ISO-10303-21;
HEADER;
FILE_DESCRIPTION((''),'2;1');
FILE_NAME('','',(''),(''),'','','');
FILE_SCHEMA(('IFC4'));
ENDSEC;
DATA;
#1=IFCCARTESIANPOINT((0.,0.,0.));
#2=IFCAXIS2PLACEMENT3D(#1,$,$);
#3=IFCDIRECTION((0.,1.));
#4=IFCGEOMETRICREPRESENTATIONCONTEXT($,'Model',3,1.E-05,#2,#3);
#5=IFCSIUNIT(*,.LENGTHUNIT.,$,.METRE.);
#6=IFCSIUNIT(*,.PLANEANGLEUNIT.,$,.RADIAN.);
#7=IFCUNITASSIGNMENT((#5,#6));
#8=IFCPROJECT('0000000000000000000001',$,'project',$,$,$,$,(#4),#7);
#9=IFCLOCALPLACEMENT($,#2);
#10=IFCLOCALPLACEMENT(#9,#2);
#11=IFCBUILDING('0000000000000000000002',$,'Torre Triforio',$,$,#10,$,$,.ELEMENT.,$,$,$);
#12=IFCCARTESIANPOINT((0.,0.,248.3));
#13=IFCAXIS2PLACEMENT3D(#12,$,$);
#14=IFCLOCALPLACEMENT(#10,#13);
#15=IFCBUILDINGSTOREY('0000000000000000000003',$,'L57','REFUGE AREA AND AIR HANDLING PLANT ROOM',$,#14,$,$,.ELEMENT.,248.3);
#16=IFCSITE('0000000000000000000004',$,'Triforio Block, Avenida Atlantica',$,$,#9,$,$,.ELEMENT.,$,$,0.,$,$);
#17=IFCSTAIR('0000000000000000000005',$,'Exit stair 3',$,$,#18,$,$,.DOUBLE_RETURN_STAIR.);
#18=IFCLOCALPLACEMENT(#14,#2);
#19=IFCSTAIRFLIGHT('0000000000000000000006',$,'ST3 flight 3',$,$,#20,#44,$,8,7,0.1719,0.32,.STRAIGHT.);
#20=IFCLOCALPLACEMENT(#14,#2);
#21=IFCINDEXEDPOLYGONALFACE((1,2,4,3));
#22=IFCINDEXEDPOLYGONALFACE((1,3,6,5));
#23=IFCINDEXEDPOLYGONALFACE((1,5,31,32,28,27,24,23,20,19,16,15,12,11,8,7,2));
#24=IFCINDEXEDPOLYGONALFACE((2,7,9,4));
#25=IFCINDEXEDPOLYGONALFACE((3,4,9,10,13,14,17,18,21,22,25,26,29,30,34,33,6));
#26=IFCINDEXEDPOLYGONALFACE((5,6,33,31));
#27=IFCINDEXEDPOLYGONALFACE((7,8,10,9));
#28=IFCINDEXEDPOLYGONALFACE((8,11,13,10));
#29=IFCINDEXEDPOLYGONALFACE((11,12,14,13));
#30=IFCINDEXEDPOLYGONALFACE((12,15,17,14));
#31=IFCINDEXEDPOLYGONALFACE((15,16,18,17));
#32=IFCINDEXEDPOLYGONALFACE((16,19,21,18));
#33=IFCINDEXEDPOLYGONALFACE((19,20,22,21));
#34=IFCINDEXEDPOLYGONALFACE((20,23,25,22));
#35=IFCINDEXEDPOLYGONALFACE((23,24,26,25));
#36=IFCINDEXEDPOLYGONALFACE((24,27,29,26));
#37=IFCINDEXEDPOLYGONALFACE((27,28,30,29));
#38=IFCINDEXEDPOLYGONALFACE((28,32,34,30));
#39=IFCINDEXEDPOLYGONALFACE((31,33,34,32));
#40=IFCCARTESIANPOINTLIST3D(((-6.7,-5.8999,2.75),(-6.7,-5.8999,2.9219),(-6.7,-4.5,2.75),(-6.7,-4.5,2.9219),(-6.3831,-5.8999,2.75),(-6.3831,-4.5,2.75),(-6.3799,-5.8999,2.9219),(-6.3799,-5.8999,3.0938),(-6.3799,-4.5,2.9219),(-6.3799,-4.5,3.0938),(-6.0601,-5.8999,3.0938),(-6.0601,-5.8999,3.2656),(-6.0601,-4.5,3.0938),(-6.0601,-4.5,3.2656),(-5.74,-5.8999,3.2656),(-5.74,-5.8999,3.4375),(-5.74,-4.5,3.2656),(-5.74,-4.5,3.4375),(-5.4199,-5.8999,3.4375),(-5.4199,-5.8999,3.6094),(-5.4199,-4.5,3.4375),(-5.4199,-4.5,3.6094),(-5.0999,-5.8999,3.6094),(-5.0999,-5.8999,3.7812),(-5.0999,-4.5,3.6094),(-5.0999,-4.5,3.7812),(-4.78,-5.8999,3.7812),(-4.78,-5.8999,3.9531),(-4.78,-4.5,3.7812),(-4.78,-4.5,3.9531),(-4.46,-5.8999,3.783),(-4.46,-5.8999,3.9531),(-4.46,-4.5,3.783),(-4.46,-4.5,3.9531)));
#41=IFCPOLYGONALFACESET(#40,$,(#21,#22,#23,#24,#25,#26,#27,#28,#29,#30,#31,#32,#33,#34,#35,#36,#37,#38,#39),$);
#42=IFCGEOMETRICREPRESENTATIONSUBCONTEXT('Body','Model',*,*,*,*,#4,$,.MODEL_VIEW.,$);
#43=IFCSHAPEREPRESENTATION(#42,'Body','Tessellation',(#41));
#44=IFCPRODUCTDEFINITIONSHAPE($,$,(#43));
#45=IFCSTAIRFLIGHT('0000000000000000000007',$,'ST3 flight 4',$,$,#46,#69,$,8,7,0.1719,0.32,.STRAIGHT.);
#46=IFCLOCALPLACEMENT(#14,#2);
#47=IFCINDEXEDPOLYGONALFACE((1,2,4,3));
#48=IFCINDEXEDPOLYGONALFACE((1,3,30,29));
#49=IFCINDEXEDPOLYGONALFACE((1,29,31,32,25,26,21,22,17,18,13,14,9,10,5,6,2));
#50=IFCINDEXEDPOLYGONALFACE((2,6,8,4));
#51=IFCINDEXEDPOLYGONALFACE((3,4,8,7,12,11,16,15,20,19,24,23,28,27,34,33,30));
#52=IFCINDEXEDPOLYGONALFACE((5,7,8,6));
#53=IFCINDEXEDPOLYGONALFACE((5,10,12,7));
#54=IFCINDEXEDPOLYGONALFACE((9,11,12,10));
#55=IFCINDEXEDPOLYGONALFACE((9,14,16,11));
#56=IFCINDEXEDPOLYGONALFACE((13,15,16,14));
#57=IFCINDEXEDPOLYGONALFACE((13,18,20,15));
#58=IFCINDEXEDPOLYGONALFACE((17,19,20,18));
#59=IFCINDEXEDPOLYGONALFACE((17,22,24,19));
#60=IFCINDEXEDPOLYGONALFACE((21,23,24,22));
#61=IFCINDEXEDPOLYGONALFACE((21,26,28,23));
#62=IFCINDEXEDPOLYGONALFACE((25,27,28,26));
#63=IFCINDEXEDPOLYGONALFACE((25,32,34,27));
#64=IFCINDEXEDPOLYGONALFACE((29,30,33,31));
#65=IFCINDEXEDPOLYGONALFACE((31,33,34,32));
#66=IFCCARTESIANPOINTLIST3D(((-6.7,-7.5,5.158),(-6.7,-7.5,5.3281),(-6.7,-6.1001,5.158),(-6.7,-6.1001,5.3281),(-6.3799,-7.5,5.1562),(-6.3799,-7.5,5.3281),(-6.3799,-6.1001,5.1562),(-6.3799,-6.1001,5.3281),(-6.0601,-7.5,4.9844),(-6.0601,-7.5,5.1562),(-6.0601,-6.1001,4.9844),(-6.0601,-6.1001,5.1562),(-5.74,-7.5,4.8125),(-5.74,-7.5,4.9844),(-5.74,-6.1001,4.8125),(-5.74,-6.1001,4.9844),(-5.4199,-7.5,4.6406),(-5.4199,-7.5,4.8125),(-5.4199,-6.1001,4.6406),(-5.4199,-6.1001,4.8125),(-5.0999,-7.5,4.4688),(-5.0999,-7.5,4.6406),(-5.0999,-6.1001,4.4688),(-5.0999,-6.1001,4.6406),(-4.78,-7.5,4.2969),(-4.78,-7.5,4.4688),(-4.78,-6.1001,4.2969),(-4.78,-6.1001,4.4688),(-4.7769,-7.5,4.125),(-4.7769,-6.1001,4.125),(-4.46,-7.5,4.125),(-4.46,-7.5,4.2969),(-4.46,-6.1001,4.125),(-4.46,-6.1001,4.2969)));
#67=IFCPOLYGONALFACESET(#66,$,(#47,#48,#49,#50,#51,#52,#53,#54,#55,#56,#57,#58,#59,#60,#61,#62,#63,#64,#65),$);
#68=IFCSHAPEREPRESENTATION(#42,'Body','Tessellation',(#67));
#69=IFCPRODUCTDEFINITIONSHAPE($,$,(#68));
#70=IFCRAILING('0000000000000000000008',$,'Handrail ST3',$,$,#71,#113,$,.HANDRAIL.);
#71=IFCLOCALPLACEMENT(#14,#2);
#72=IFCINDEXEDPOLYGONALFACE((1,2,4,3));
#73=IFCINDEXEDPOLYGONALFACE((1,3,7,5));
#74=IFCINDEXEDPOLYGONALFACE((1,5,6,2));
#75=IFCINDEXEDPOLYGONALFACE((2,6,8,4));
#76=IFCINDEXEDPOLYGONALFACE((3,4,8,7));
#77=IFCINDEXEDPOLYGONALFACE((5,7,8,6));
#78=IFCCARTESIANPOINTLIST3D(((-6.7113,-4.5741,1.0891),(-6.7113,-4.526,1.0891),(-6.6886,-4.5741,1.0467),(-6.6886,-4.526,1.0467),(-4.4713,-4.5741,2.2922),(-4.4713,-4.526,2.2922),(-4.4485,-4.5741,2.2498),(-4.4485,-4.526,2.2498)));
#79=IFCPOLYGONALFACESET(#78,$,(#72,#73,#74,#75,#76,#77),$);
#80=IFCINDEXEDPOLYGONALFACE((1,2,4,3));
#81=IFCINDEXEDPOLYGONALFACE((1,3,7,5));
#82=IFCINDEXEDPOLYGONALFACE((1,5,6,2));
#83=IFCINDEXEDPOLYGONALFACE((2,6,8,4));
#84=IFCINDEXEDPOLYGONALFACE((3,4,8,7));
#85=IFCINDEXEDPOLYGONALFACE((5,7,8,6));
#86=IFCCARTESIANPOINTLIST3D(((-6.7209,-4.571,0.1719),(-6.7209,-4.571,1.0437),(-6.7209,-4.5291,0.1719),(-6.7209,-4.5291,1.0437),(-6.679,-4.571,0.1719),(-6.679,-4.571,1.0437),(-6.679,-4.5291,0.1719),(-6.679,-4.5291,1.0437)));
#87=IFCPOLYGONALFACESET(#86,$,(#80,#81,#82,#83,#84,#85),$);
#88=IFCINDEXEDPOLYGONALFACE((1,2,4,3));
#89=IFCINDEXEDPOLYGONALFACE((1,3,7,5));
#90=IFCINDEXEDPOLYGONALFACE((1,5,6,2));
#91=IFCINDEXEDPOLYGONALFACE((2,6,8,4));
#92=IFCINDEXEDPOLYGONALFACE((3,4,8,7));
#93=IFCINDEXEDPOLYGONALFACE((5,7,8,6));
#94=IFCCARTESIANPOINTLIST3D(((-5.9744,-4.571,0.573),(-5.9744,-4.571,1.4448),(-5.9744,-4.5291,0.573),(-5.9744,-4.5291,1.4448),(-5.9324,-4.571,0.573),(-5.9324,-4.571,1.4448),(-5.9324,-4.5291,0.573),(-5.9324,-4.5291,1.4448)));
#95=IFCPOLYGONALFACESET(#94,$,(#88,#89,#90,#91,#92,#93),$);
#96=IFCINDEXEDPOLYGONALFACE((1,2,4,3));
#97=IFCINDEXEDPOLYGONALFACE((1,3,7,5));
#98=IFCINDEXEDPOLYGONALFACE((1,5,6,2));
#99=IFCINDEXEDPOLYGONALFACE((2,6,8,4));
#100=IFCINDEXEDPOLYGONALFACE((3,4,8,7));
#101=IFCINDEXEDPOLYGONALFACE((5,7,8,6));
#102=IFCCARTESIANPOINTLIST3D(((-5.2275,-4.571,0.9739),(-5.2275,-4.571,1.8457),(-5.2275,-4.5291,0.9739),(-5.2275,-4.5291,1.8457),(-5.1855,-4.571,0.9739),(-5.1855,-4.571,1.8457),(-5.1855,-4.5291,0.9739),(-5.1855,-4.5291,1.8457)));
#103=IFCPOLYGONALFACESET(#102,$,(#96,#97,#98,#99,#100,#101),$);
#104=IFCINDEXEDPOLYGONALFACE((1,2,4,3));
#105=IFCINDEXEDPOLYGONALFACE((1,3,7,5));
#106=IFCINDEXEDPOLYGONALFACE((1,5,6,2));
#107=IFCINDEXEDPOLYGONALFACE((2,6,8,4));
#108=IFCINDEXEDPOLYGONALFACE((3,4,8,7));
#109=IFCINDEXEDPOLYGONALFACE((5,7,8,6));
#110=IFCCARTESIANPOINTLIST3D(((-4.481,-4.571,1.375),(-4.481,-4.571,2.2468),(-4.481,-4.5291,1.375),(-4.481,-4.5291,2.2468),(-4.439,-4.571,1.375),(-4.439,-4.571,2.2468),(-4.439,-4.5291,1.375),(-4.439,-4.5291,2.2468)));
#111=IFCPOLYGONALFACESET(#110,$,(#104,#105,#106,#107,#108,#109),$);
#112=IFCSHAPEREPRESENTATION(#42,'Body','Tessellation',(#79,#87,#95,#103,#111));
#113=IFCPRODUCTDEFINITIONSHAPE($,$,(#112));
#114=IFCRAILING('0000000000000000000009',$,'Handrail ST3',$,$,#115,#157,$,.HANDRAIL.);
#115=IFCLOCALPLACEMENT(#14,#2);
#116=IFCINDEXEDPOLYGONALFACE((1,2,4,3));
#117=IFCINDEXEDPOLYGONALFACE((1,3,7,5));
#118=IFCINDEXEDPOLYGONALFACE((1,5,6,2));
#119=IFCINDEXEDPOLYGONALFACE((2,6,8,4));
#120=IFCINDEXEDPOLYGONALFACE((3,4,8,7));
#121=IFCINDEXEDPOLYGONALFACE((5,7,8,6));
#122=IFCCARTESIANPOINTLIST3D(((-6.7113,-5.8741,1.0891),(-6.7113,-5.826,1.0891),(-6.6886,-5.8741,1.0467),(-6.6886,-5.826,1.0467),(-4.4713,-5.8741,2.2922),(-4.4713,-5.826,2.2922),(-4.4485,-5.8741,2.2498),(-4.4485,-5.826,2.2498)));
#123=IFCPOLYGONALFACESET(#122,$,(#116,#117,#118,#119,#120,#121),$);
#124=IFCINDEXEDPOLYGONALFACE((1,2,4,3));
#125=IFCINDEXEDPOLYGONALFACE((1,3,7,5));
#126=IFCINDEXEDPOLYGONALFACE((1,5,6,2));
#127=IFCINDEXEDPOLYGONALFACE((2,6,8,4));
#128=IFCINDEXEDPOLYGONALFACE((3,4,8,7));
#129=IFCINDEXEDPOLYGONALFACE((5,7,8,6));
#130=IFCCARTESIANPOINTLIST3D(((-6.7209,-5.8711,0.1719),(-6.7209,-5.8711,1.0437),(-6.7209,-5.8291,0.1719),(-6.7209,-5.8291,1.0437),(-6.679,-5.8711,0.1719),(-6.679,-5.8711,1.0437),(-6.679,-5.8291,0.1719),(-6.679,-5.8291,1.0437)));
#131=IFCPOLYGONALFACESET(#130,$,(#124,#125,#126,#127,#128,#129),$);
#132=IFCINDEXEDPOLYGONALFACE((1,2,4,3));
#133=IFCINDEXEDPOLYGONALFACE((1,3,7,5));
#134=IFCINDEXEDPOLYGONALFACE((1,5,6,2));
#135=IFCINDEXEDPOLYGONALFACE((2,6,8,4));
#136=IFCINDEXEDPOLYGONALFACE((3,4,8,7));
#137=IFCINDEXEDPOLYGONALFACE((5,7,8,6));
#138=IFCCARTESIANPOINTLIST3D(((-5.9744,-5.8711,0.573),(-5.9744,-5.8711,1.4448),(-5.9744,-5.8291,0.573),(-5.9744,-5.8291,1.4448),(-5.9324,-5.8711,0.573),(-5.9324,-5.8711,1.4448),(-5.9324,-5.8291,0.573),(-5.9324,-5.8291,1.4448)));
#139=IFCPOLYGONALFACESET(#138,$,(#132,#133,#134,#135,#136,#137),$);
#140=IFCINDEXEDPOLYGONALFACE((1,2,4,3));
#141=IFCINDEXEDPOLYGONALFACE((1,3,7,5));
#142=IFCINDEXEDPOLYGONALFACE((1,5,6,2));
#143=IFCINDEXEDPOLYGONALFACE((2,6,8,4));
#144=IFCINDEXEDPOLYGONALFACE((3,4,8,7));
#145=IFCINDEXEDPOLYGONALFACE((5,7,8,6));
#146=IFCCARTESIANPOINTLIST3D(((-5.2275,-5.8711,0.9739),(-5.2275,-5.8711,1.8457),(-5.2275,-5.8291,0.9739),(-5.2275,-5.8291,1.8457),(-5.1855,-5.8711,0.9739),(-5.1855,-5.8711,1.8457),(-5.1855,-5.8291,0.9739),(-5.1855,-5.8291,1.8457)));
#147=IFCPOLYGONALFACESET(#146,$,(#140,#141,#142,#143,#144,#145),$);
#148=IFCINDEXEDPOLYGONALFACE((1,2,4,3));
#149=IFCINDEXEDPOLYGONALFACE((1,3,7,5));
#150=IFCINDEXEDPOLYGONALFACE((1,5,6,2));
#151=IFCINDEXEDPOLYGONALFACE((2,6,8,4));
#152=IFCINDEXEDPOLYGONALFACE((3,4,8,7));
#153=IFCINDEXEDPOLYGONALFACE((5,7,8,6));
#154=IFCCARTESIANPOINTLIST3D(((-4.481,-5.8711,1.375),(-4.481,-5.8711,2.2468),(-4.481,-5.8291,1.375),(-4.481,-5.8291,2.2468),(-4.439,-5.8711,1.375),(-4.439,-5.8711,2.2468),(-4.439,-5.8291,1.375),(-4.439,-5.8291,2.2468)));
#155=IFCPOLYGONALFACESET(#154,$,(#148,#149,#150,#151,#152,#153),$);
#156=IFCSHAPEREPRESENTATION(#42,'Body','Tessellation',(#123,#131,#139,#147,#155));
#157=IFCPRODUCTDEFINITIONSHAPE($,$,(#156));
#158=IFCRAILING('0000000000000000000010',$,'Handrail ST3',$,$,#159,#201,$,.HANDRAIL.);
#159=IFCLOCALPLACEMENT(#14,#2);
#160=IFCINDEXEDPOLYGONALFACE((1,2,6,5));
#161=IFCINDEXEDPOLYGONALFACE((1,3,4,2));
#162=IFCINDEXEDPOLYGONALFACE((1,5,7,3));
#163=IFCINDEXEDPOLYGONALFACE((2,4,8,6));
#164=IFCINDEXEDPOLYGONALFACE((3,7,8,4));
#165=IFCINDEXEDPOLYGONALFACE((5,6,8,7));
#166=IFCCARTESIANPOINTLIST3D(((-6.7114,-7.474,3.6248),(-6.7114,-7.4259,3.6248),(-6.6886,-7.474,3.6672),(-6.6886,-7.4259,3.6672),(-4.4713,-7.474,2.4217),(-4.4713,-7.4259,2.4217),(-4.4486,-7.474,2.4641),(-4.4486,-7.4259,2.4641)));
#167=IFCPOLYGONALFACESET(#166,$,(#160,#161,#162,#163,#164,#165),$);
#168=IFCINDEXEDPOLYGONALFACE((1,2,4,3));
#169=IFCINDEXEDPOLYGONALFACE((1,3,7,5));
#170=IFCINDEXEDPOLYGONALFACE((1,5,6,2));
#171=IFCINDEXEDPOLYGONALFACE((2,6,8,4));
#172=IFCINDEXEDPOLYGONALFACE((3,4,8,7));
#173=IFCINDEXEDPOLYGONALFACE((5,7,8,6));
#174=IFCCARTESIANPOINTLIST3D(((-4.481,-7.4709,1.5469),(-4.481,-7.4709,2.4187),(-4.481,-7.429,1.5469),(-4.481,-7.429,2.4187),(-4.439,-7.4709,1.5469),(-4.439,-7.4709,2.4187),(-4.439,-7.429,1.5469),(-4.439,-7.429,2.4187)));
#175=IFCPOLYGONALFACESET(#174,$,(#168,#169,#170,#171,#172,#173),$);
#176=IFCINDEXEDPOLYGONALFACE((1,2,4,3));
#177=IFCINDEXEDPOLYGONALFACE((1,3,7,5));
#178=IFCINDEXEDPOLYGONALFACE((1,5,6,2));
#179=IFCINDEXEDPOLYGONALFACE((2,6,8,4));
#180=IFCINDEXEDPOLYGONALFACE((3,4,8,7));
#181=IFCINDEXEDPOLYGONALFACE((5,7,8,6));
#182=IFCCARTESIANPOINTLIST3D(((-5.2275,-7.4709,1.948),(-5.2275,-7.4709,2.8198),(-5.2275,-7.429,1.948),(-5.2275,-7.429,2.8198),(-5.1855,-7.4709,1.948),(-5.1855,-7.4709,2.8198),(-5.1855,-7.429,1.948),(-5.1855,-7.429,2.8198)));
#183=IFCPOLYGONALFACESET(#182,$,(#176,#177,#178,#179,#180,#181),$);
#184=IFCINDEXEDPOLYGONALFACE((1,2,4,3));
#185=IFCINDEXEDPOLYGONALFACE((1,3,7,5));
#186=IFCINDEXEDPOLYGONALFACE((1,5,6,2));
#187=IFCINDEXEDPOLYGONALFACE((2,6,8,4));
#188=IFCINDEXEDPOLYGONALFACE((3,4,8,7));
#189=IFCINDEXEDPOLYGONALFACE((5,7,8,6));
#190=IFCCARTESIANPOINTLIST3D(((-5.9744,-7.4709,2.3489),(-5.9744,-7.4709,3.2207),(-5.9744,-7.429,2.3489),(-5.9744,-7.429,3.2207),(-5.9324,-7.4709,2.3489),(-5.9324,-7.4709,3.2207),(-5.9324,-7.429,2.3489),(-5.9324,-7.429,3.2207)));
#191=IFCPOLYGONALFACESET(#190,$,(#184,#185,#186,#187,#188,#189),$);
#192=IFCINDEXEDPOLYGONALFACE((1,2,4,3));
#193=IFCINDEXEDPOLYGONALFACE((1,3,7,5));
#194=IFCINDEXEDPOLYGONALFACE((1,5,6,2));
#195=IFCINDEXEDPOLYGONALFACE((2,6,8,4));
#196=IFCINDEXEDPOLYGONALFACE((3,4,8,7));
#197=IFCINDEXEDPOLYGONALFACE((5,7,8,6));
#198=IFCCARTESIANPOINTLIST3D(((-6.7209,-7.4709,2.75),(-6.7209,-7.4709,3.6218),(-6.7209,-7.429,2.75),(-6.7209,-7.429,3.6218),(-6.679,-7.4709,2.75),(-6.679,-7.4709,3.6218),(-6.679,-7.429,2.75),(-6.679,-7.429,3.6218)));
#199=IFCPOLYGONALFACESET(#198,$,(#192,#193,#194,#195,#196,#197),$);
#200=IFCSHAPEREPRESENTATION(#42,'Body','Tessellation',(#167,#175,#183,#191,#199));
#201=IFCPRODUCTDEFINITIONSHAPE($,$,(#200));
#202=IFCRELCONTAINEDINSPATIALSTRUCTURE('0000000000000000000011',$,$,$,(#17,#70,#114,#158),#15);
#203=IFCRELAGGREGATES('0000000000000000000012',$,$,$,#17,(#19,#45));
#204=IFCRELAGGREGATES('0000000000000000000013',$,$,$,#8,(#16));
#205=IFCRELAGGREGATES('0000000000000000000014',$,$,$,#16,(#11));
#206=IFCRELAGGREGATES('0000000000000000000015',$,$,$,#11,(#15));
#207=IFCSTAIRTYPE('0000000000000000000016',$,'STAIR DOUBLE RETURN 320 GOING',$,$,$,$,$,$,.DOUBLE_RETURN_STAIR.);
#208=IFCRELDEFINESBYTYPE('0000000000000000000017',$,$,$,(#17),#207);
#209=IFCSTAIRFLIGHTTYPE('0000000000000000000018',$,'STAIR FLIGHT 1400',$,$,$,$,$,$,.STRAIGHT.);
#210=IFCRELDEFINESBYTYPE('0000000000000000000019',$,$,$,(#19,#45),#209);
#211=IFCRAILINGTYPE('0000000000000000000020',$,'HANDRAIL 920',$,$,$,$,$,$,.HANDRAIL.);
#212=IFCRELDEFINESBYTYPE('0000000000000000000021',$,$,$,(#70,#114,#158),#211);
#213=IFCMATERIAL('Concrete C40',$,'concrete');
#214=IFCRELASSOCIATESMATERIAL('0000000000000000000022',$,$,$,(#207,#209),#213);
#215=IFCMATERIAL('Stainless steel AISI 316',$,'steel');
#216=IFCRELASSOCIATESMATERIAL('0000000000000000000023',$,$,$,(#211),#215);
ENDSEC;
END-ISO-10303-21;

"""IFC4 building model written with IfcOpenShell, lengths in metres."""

from ifc_helpers import new_model, si_unit, direction, frame, origin, origin_2d, place, context, subcontext, project, spatial, polyline, rectangle, outline, extrude, material, type_object, element, aggregate, save


model = new_model("IFC4")

# Units and contexts
model_context = context("Model", 3, precision=1e-05, world=origin(), true_north=direction((0.0, 1.0)))
body_context = subcontext(model_context, "Body", "Model", "MODEL_VIEW")
ifc_project = project(units=[si_unit("LENGTHUNIT", "METRE"), si_unit("PLANEANGLEUNIT", "RADIAN")], contexts=[model_context])

# Site, building, storey
site_placement = place(None, origin())
site = spatial("IfcSite", under=ifc_project, at=site_placement, Name="Triforio Block, Avenida Atlantica", CompositionType="ELEMENT", RefElevation=0.0)
building_placement = place(site_placement, origin())
building = spatial("IfcBuilding", under=site, at=building_placement, Name="Torre Triforio", CompositionType="ELEMENT")
storey_placement = place(building_placement, frame((0.0, 0.0, 248.3)))
storey = spatial("IfcBuildingStorey", under=building, at=storey_placement, Name="L57", Description="REFUGE AREA AND AIR HANDLING PLANT ROOM", CompositionType="ELEMENT", Elevation=248.3)

# Shared definitions
ifc_material_1 = material(Name="Concrete C40", Category="concrete")

# Stair, stair flights
stair_type = type_object("IfcStairType", Name="STAIR DOUBLE RETURN 320 GOING", PredefinedType="DOUBLE_RETURN_STAIR", material=ifc_material_1)
stair_placement = place(storey_placement, origin())
stair = element("IfcStair", 1, at=stair_placement, inside=storey, type_object=stair_type, Name="Exit stair 3", PredefinedType="DOUBLE_RETURN_STAIR")
stair_flight_type = type_object("IfcStairFlightType", Name="STAIR FLIGHT 1400", PredefinedType="STRAIGHT", material=ifc_material_1)
stair_flight_1_placement = place(storey_placement, frame((-6.7, -5.2, 2.75), z_axis=(0.0, 0.0, 1.0), x_axis=(1.0, 0.0, 0.0)))
stair_flight_1 = element("IfcStairFlight", 2, at=stair_flight_1_placement, type_object=stair_flight_type, Name="ST3 flight 3", NumberOfRisers=8, NumberOfTreads=7, PredefinedType="STRAIGHT", RiserHeight=0.1719, TreadLength=0.32, context=body_context, shape_type="SweptSolid", body=[
    extrude(outline(polyline([(0.0, 0.0), (0.0, 0.1719), (0.3201, 0.1719), (0.3201, 0.3438), (0.6399, 0.3438), (0.6399, 0.5156), (0.96, 0.5156), (0.96, 0.6875), (1.28, 0.6875), (1.28, 0.8594), (1.6001, 0.8594), (1.6001, 1.0312), (1.9199, 1.0312), (1.9199, 1.2031), (2.24, 1.2031), (2.24, 1.375), (2.24, 1.033), (0.3169, 0.0), (0.0, 0.0)])), frame((0.0, 0.7, 0.0), z_axis=(0.0, -1.0, 0.0), x_axis=(1.0, 0.0, 0.0)), (0.0, 0.0, 1.0), 1.3999),
])
stair_flight_2_placement = place(storey_placement, frame((-4.46, -6.8, 4.125), z_axis=(0.0, 0.0, 1.0), x_axis=(-1.0, 0.0, 0.0)))
stair_flight_2 = element("IfcStairFlight", 3, at=stair_flight_2_placement, type_object=stair_flight_type, Name="ST3 flight 4", NumberOfRisers=8, NumberOfTreads=7, PredefinedType="STRAIGHT", RiserHeight=0.1719, TreadLength=0.32, context=body_context, shape_type="SweptSolid", body=[
    extrude(outline(polyline([(0.0, 0.0), (0.0, 0.1719), (0.3201, 0.1719), (0.3201, 0.3438), (0.6399, 0.3438), (0.6399, 0.5156), (0.96, 0.5156), (0.96, 0.6875), (1.28, 0.6875), (1.28, 0.8594), (1.6001, 0.8594), (1.6001, 1.0312), (1.9199, 1.0312), (1.9199, 1.2031), (2.24, 1.2031), (2.24, 1.375), (2.24, 1.033), (0.3169, 0.0), (0.0, 0.0)])), frame((0.0, 0.7, 0.0), z_axis=(0.0, -1.0, 0.0), x_axis=(1.0, 0.0, 0.0)), (0.0, 0.0, 1.0), 1.3999),
])
aggregate(stair, [stair_flight_1, stair_flight_2])

# Railings
ifc_material_2 = material(Name="Stainless steel AISI 316", Category="steel")
railing_type = type_object("IfcRailingType", Name="HANDRAIL 920", PredefinedType="HANDRAIL", material=ifc_material_2)
for number, where, name in (
    (4, (-6.7, -4.55, 0.1719), "Handrail ST3"),
    (5, (-6.7, -5.8501, 0.1719), "Handrail ST3"),
):
    element("IfcRailing", number, at=place(storey_placement, frame(where)), inside=storey, type_object=railing_type, Name=name, PredefinedType="HANDRAIL", context=body_context, shape_type="SweptSolid", body=[
        extrude(rectangle(XDim=0.0481, YDim=0.0481, at=origin_2d()), frame((0.0, 0.0, 0.896), z_axis=(0.880967, 0.0, 0.473178), x_axis=(0.0, 1.0, 0.0)), (0.0, 0.0, 1.0), 2.5427),
        extrude(rectangle(XDim=0.042, YDim=0.042, at=origin_2d()), origin(), (0.0, 0.0, 1.0), 0.8718),
        extrude(rectangle(XDim=0.042, YDim=0.042, at=origin_2d()), frame((0.7466, 0.0, 0.4011)), (0.0, 0.0, 1.0), 0.8718),
        extrude(rectangle(XDim=0.042, YDim=0.042, at=origin_2d()), frame((1.4934, 0.0, 0.802)), (0.0, 0.0, 1.0), 0.8718),
        extrude(rectangle(XDim=0.042, YDim=0.042, at=origin_2d()), frame((2.24, 0.0, 1.2031)), (0.0, 0.0, 1.0), 0.8718),
    ])
for number, where, name in (
    (6, (-4.46, -7.45, 1.5469), "Handrail ST3"),
):
    element("IfcRailing", number, at=place(storey_placement, frame(where)), inside=storey, type_object=railing_type, Name=name, PredefinedType="HANDRAIL", context=body_context, shape_type="SweptSolid", body=[
        extrude(rectangle(XDim=0.0481, YDim=0.0481, at=origin_2d()), frame((0.0, 0.0, 0.896), z_axis=(-0.880967, 0.0, 0.473178), x_axis=(0.0, -1.0, 0.0)), (0.0, 0.0, 1.0), 2.5427),
        extrude(rectangle(XDim=0.042, YDim=0.042, at=origin_2d()), origin(), (0.0, 0.0, 1.0), 0.8718),
        extrude(rectangle(XDim=0.042, YDim=0.042, at=origin_2d()), frame((-0.7466, 0.0, 0.4011)), (0.0, 0.0, 1.0), 0.8718),
        extrude(rectangle(XDim=0.042, YDim=0.042, at=origin_2d()), frame((-1.4934, 0.0, 0.802)), (0.0, 0.0, 1.0), 0.8718),
        extrude(rectangle(XDim=0.042, YDim=0.042, at=origin_2d()), frame((-2.24, 0.0, 1.2031)), (0.0, 0.0, 1.0), 0.8718),
    ])

save(model, "model.ifc")
